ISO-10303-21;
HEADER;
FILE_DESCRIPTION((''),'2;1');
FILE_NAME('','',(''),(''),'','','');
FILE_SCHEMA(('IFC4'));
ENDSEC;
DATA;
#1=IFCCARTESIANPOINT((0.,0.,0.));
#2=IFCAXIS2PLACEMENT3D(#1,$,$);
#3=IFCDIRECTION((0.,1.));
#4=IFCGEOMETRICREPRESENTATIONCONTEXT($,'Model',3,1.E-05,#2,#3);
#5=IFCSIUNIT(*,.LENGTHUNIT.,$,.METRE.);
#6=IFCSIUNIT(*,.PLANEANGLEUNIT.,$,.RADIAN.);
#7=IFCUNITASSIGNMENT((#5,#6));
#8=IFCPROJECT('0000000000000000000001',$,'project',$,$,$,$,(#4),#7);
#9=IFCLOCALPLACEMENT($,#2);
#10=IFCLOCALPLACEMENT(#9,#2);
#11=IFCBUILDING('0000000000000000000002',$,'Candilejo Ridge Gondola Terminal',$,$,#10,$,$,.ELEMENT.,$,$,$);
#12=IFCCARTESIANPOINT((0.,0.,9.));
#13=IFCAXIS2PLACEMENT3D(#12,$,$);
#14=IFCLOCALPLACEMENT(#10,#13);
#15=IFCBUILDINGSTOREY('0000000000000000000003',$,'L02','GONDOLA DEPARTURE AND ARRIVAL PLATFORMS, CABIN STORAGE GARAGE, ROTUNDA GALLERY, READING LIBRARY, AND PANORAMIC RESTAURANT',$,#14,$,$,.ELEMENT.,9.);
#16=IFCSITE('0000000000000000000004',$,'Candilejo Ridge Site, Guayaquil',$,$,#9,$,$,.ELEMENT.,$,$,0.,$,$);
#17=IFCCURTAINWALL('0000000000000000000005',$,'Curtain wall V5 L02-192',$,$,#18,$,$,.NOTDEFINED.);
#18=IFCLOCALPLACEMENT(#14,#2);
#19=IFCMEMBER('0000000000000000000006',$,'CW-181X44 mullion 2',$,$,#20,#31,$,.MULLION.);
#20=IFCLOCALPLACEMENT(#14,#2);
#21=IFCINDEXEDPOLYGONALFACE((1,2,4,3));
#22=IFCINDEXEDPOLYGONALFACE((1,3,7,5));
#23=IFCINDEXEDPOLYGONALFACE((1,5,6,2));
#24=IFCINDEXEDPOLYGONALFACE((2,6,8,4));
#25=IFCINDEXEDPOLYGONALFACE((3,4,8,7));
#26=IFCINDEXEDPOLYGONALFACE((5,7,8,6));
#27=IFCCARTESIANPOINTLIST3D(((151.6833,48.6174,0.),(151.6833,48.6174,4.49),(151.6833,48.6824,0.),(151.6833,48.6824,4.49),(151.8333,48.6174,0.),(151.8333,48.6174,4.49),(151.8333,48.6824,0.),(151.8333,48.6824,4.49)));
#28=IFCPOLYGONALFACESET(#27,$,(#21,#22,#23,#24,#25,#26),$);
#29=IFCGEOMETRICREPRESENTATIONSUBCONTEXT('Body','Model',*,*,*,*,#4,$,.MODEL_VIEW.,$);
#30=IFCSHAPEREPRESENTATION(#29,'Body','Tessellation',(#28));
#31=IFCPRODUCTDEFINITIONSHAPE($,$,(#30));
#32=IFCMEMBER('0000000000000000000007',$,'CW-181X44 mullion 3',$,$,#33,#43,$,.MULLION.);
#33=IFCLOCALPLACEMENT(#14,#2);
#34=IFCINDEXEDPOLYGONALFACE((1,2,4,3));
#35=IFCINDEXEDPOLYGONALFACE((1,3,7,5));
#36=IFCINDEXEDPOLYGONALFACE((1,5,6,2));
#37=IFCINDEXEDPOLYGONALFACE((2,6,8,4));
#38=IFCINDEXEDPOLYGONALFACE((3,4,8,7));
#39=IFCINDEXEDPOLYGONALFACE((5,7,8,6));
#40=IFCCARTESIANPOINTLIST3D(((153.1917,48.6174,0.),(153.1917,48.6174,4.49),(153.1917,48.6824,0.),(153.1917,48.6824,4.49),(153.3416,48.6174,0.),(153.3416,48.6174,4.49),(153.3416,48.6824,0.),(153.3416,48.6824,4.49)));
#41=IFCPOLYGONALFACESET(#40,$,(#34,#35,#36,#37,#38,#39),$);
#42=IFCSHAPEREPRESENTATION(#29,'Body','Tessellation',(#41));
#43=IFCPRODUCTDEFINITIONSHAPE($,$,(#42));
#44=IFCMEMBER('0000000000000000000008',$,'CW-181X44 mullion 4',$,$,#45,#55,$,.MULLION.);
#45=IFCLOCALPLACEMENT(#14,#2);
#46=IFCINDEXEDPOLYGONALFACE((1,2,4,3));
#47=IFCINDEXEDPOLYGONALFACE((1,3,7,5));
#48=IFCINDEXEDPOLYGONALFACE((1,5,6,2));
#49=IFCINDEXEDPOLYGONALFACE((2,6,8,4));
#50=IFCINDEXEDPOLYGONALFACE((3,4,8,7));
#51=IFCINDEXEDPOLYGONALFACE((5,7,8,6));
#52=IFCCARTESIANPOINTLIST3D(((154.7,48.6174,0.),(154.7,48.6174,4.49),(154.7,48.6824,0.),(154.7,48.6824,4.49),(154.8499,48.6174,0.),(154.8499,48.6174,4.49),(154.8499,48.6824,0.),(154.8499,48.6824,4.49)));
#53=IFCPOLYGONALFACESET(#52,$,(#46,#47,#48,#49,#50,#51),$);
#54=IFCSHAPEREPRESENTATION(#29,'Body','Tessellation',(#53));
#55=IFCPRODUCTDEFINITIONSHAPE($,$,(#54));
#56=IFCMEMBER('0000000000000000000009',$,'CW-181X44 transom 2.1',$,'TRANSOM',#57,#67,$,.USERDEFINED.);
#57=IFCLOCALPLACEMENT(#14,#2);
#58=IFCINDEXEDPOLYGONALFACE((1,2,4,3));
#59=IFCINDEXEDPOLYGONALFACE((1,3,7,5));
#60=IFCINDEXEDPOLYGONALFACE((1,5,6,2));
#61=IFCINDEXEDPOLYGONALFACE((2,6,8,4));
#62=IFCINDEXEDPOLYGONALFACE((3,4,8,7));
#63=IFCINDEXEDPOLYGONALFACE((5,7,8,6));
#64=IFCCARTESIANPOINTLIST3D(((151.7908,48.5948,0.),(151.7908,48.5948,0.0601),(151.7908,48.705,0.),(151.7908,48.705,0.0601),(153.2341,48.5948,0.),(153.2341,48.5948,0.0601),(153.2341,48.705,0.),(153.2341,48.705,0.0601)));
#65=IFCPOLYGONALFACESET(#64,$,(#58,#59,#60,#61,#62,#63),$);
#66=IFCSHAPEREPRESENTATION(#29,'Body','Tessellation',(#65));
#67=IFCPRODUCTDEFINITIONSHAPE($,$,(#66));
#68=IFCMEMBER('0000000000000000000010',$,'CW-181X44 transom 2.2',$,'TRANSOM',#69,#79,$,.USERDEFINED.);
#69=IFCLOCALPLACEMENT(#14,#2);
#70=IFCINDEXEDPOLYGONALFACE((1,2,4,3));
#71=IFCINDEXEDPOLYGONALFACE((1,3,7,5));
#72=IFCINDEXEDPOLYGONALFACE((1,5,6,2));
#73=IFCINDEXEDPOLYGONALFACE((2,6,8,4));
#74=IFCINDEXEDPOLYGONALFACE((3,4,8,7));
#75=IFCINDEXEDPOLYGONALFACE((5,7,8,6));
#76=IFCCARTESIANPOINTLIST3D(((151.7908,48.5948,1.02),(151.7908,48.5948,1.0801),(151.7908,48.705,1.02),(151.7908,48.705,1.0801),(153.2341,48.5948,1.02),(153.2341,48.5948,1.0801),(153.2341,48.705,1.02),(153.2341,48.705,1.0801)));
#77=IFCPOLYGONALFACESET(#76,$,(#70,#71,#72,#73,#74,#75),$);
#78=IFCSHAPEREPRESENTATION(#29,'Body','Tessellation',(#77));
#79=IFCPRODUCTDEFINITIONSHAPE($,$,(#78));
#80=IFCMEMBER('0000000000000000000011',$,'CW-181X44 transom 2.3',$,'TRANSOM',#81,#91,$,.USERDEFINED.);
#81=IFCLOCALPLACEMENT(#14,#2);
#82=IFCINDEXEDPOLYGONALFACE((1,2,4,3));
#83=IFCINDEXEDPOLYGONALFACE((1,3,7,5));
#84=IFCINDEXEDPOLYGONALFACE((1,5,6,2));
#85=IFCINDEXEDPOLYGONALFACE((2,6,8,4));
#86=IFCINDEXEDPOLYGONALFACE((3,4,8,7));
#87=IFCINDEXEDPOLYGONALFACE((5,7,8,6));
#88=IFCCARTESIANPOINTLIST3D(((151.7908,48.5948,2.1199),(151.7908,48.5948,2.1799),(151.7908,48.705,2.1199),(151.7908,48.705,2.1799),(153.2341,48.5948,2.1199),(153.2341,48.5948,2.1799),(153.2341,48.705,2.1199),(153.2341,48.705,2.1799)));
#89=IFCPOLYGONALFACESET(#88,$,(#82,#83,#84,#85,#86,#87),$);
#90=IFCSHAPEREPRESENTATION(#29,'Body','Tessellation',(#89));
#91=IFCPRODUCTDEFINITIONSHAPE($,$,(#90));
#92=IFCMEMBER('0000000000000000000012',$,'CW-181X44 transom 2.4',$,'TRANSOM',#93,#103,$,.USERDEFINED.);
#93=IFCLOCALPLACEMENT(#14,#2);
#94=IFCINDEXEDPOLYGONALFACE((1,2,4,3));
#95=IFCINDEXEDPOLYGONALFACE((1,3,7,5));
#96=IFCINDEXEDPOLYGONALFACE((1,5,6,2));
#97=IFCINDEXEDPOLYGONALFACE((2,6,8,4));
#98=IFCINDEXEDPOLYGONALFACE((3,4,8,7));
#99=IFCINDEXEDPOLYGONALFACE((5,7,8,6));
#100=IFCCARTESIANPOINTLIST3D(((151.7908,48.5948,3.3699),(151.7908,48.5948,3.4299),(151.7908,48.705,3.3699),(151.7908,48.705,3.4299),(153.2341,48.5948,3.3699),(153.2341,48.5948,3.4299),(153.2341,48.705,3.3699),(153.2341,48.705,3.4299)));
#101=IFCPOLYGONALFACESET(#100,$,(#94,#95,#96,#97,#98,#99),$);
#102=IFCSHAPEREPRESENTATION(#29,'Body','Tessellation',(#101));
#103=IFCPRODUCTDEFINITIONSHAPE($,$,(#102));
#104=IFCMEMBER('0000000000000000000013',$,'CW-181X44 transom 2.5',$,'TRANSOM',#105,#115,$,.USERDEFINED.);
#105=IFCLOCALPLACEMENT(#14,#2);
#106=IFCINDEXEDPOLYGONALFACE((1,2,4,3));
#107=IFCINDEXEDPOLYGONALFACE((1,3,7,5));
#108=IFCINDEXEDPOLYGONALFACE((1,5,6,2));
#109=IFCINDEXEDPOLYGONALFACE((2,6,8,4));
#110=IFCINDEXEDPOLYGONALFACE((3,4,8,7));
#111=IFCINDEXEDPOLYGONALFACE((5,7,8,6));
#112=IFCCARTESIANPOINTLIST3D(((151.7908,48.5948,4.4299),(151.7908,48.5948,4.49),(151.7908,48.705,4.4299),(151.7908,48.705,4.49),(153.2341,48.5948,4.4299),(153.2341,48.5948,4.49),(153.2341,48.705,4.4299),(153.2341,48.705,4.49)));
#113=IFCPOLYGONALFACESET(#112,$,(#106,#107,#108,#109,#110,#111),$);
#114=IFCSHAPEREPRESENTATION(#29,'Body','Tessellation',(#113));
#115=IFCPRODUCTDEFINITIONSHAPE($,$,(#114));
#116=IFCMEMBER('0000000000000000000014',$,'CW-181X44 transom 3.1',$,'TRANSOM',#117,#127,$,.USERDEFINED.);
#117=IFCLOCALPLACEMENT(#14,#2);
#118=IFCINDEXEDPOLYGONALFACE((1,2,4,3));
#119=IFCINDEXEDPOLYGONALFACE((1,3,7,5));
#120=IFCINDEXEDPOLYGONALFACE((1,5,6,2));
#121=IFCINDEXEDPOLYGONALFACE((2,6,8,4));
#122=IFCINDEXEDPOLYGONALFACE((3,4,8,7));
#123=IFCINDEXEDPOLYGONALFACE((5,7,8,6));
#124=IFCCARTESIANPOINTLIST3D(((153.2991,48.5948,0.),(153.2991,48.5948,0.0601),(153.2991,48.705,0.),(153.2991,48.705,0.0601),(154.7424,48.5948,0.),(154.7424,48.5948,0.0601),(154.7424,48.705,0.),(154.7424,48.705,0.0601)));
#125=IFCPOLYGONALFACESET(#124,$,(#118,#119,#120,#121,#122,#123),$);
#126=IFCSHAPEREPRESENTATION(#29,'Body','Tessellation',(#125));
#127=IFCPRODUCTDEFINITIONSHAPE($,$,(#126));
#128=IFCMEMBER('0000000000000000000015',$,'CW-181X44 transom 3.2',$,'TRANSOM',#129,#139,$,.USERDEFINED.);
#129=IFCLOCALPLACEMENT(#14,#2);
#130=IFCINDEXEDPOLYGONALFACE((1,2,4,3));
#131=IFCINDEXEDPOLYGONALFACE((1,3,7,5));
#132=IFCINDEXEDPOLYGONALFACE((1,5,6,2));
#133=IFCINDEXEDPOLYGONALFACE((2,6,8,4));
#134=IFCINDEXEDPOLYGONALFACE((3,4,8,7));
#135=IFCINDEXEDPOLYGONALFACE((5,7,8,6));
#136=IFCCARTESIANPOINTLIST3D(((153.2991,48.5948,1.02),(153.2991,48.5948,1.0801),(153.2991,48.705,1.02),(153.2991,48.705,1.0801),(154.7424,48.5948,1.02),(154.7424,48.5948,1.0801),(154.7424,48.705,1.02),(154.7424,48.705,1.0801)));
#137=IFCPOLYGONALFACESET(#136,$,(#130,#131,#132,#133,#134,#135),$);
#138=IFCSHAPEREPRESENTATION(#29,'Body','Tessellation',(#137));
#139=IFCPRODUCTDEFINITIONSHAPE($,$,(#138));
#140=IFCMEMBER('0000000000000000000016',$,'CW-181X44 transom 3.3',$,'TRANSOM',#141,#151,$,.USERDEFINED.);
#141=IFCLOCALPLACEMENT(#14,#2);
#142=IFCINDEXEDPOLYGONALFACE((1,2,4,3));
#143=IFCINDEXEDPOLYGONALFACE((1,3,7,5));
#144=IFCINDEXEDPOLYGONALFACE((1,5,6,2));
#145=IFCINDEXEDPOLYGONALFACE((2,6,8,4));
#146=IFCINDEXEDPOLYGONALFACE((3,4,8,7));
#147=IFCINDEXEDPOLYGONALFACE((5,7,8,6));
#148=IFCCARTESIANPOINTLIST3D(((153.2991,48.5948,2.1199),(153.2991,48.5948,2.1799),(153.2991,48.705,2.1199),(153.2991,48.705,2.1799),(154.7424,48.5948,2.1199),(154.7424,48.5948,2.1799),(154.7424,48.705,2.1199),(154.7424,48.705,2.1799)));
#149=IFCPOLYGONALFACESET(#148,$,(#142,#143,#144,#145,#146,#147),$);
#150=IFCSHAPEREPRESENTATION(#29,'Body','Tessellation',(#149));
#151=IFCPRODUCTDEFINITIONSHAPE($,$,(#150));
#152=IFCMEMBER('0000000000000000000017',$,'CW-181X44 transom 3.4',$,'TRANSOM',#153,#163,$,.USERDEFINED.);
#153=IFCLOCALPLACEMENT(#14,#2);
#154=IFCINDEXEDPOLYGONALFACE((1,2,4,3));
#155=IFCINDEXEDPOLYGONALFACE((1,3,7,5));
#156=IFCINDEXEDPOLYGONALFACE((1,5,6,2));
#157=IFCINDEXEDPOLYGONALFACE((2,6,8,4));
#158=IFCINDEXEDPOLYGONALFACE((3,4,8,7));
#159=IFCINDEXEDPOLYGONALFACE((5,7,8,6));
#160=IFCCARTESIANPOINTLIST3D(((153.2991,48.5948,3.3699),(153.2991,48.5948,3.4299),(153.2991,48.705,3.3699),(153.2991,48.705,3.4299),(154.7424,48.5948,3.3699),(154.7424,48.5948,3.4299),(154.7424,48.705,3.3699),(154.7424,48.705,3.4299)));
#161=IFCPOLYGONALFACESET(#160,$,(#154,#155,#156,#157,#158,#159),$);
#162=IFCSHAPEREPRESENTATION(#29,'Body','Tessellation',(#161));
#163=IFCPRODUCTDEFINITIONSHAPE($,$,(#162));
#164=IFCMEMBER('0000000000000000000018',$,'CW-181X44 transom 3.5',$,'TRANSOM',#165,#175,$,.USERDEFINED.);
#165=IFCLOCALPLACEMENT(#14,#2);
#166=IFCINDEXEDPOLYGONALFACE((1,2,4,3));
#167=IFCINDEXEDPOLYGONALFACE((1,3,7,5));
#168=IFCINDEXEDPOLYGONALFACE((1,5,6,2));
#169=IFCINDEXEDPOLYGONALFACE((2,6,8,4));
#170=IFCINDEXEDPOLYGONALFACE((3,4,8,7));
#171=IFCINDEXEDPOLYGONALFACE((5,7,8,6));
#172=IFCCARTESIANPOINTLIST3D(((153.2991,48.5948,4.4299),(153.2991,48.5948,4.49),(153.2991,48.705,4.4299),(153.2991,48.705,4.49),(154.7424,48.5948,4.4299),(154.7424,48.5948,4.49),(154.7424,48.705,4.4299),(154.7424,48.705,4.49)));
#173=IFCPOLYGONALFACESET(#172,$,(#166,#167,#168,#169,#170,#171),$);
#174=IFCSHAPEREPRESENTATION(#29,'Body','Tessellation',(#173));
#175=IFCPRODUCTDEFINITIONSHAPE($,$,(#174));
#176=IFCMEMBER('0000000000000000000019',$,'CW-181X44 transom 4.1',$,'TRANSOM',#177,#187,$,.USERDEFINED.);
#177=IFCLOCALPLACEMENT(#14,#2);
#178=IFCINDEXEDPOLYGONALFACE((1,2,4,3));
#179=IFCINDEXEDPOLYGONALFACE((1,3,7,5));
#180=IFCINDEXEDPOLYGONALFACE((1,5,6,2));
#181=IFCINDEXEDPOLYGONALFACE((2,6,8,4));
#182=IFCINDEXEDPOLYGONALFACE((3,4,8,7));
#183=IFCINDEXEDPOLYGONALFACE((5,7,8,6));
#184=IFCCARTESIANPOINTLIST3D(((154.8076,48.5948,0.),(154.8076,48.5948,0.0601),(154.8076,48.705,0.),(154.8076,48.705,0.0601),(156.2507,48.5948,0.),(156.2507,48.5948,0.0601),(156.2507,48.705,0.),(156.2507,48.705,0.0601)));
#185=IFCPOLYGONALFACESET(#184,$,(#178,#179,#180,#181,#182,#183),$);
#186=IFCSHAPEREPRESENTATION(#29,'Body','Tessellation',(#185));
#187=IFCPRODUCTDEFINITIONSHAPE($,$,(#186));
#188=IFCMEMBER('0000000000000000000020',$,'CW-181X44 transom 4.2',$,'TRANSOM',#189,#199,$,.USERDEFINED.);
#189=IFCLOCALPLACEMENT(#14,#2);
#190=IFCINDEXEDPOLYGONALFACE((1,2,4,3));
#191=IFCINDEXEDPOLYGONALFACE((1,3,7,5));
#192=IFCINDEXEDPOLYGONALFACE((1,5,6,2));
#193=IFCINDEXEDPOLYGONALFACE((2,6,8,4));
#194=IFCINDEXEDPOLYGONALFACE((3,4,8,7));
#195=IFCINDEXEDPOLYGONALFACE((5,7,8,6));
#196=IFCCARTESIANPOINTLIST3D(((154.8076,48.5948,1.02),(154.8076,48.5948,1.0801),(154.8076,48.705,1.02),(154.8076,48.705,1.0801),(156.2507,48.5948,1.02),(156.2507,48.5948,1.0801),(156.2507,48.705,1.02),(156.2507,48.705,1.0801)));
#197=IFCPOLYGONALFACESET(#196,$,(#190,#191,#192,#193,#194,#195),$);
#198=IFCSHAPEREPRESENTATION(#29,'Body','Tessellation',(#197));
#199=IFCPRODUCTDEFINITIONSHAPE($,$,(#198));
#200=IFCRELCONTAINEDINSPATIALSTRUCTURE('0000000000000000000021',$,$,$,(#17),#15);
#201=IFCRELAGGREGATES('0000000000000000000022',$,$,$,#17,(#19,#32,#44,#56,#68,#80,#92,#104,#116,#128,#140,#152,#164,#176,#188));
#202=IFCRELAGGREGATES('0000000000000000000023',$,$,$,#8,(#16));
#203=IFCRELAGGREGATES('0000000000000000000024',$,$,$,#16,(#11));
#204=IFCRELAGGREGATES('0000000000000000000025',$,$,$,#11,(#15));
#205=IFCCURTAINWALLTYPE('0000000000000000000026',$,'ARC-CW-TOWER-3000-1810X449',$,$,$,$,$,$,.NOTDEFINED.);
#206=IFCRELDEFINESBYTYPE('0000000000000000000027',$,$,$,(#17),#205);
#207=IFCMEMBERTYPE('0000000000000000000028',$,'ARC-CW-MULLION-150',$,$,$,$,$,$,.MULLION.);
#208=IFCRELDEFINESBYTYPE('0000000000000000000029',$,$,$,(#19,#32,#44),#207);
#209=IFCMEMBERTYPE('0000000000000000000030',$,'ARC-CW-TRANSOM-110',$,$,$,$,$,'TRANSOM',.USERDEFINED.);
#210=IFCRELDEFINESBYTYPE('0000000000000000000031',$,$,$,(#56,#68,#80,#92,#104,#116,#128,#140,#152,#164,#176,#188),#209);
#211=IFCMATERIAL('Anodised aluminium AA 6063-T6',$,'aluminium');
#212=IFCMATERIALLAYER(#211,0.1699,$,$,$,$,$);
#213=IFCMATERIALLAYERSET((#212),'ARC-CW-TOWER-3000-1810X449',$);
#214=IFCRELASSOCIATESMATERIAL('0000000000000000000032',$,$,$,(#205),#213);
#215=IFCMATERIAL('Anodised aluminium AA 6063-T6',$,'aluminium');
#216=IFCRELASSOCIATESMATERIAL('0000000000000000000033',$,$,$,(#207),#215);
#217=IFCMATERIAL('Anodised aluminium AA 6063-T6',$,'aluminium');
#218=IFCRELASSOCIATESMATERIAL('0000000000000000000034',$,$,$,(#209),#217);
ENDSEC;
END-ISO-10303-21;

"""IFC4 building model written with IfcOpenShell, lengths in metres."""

from ifc_helpers import new_model, si_unit, direction, frame, origin, origin_2d, place, context, subcontext, project, spatial, rectangle, extrude, material, layer, layer_set, material_profile, profile_set, type_object, element, aggregate, save


model = new_model("IFC4")

# Units and contexts
model_context = context("Model", 3, precision=1e-05, world=origin(), true_north=direction((0.0, 1.0)))
body_context = subcontext(model_context, "Body", "Model", "MODEL_VIEW")
ifc_project = project(units=[si_unit("LENGTHUNIT", "METRE"), si_unit("PLANEANGLEUNIT", "RADIAN")], contexts=[model_context])

# Site, building, storey
site_placement = place(None, origin())
site = spatial("IfcSite", under=ifc_project, at=site_placement, Name="Candilejo Ridge Site, Guayaquil", CompositionType="ELEMENT", RefElevation=0.0)
building_placement = place(site_placement, origin())
building = spatial("IfcBuilding", under=site, at=building_placement, Name="Candilejo Ridge Gondola Terminal", CompositionType="ELEMENT")
storey_placement = place(building_placement, frame((0.0, 0.0, 9.0)))
storey = spatial("IfcBuildingStorey", under=building, at=storey_placement, Name="L02", Description="GONDOLA DEPARTURE AND ARRIVAL PLATFORMS, CABIN STORAGE GARAGE, ROTUNDA GALLERY, READING LIBRARY, AND PANORAMIC RESTAURANT", CompositionType="ELEMENT", Elevation=9.0)

# Curtain wall, members
ifc_material_1 = material(Name="Anodised aluminium AA 6063-T6", Category="aluminium")
ifc_layer_1 = layer(ifc_material_1, 0.1699)
ifc_layer_set_1 = layer_set([ifc_layer_1], Name="ARC-CW-TOWER-3000-1810X449")
curtain_wall_type = type_object("IfcCurtainWallType", Name="ARC-CW-TOWER-3000-1810X449", PredefinedType="NOTDEFINED", material=ifc_layer_set_1)
curtain_wall_placement = place(storey_placement, origin())
curtain_wall = element("IfcCurtainWall", 1, at=curtain_wall_placement, inside=storey, type_object=curtain_wall_type, Name="Curtain wall V5 L02-192", PredefinedType="NOTDEFINED")
ifc_material_2 = material(Name="Anodised aluminium AA 6063-T6", Category="aluminium")
ifc_material_profile_1 = material_profile(ifc_material_2, rectangle(XDim=0.0649, YDim=0.1499, at=origin_2d()))
ifc_profile_set_1 = profile_set([ifc_material_profile_1], Name="Anodised aluminium AA 6063-T6")
member_type_1 = type_object("IfcMemberType", Name="ARC-CW-MULLION-150", PredefinedType="MULLION", material=ifc_profile_set_1)
member_1_placement = place(storey_placement, frame((151.7583, 48.6499, 0.0), z_axis=(0.0, 0.0, 1.0), x_axis=(0.0, 1.0, 0.0)))
member_1 = element("IfcMember", 2, at=member_1_placement, type_object=member_type_1, Name="CW-181X44 mullion 2", PredefinedType="MULLION", context=body_context, shape_type="SweptSolid", body=[
    extrude(rectangle(XDim=0.0649, YDim=0.1499, at=origin_2d()), origin(), (0.0, 0.0, 1.0), 4.49),
])
member_2_placement = place(storey_placement, frame((153.2666, 48.6499, 0.0), z_axis=(0.0, 0.0, 1.0), x_axis=(0.0, 1.0, 0.0)))
member_2 = element("IfcMember", 3, at=member_2_placement, type_object=member_type_1, Name="CW-181X44 mullion 3", PredefinedType="MULLION", context=body_context, shape_type="SweptSolid", body=[
    extrude(rectangle(XDim=0.0649, YDim=0.1499, at=origin_2d()), origin(), (0.0, 0.0, 1.0), 4.49),
])
member_3_placement = place(storey_placement, frame((154.7749, 48.6499, 0.0), z_axis=(0.0, 0.0, 1.0), x_axis=(0.0, 1.0, 0.0)))
member_3 = element("IfcMember", 4, at=member_3_placement, type_object=member_type_1, Name="CW-181X44 mullion 4", PredefinedType="MULLION", context=body_context, shape_type="SweptSolid", body=[
    extrude(rectangle(XDim=0.0649, YDim=0.1499, at=origin_2d()), origin(), (0.0, 0.0, 1.0), 4.49),
])
ifc_material_3 = material(Name="Anodised aluminium AA 6063-T6", Category="aluminium")
ifc_material_profile_2 = material_profile(ifc_material_3, rectangle(XDim=0.1101, YDim=0.0601, at=origin_2d()))
ifc_profile_set_2 = profile_set([ifc_material_profile_2], Name="Anodised aluminium AA 6063-T6")
member_type_2 = type_object("IfcMemberType", Name="ARC-CW-TRANSOM-110", ElementType="TRANSOM", PredefinedType="USERDEFINED", material=ifc_profile_set_2)
member_4_placement = place(storey_placement, frame((151.7908, 48.6499, 0.03), z_axis=(1.0, 0.0, 0.0), x_axis=(0.0, 1.0, 0.0)))
member_4 = element("IfcMember", 5, at=member_4_placement, type_object=member_type_2, Name="CW-181X44 transom 2.1", ObjectType="TRANSOM", PredefinedType="USERDEFINED", context=body_context, shape_type="SweptSolid", body=[
    extrude(rectangle(XDim=0.1101, YDim=0.0601, at=origin_2d()), origin(), (0.0, 0.0, 1.0), 1.4434),
])
member_5_placement = place(storey_placement, frame((151.7908, 48.6499, 1.05), z_axis=(1.0, 0.0, 0.0), x_axis=(0.0, 1.0, 0.0)))
member_5 = element("IfcMember", 6, at=member_5_placement, type_object=member_type_2, Name="CW-181X44 transom 2.2", ObjectType="TRANSOM", PredefinedType="USERDEFINED", context=body_context, shape_type="SweptSolid", body=[
    extrude(rectangle(XDim=0.1101, YDim=0.0601, at=origin_2d()), origin(), (0.0, 0.0, 1.0), 1.4434),
])
member_6_placement = place(storey_placement, frame((151.7908, 48.6499, 2.1499), z_axis=(1.0, 0.0, 0.0), x_axis=(0.0, 1.0, 0.0)))
member_6 = element("IfcMember", 7, at=member_6_placement, type_object=member_type_2, Name="CW-181X44 transom 2.3", ObjectType="TRANSOM", PredefinedType="USERDEFINED", context=body_context, shape_type="SweptSolid", body=[
    extrude(rectangle(XDim=0.1101, YDim=0.0601, at=origin_2d()), origin(), (0.0, 0.0, 1.0), 1.4434),
])
member_7_placement = place(storey_placement, frame((151.7908, 48.6499, 3.3999), z_axis=(1.0, 0.0, 0.0), x_axis=(0.0, 1.0, 0.0)))
member_7 = element("IfcMember", 8, at=member_7_placement, type_object=member_type_2, Name="CW-181X44 transom 2.4", ObjectType="TRANSOM", PredefinedType="USERDEFINED", context=body_context, shape_type="SweptSolid", body=[
    extrude(rectangle(XDim=0.1101, YDim=0.0601, at=origin_2d()), origin(), (0.0, 0.0, 1.0), 1.4434),
])
member_8_placement = place(storey_placement, frame((151.7908, 48.6499, 4.46), z_axis=(1.0, 0.0, 0.0), x_axis=(0.0, 1.0, 0.0)))
member_8 = element("IfcMember", 9, at=member_8_placement, type_object=member_type_2, Name="CW-181X44 transom 2.5", ObjectType="TRANSOM", PredefinedType="USERDEFINED", context=body_context, shape_type="SweptSolid", body=[
    extrude(rectangle(XDim=0.1101, YDim=0.0601, at=origin_2d()), origin(), (0.0, 0.0, 1.0), 1.4434),
])
member_9_placement = place(storey_placement, frame((153.2991, 48.6499, 0.03), z_axis=(1.0, 0.0, 0.0), x_axis=(0.0, 1.0, 0.0)))
member_9 = element("IfcMember", 10, at=member_9_placement, type_object=member_type_2, Name="CW-181X44 transom 3.1", ObjectType="TRANSOM", PredefinedType="USERDEFINED", context=body_context, shape_type="SweptSolid", body=[
    extrude(rectangle(XDim=0.1101, YDim=0.0601, at=origin_2d()), origin(), (0.0, 0.0, 1.0), 1.4434),
])
member_10_placement = place(storey_placement, frame((153.2991, 48.6499, 1.05), z_axis=(1.0, 0.0, 0.0), x_axis=(0.0, 1.0, 0.0)))
member_10 = element("IfcMember", 11, at=member_10_placement, type_object=member_type_2, Name="CW-181X44 transom 3.2", ObjectType="TRANSOM", PredefinedType="USERDEFINED", context=body_context, shape_type="SweptSolid", body=[
    extrude(rectangle(XDim=0.1101, YDim=0.0601, at=origin_2d()), origin(), (0.0, 0.0, 1.0), 1.4434),
])
member_11_placement = place(storey_placement, frame((153.2991, 48.6499, 2.1499), z_axis=(1.0, 0.0, 0.0), x_axis=(0.0, 1.0, 0.0)))
member_11 = element("IfcMember", 12, at=member_11_placement, type_object=member_type_2, Name="CW-181X44 transom 3.3", ObjectType="TRANSOM", PredefinedType="USERDEFINED", context=body_context, shape_type="SweptSolid", body=[
    extrude(rectangle(XDim=0.1101, YDim=0.0601, at=origin_2d()), origin(), (0.0, 0.0, 1.0), 1.4434),
])
member_12_placement = place(storey_placement, frame((153.2991, 48.6499, 3.3999), z_axis=(1.0, 0.0, 0.0), x_axis=(0.0, 1.0, 0.0)))
member_12 = element("IfcMember", 13, at=member_12_placement, type_object=member_type_2, Name="CW-181X44 transom 3.4", ObjectType="TRANSOM", PredefinedType="USERDEFINED", context=body_context, shape_type="SweptSolid", body=[
    extrude(rectangle(XDim=0.1101, YDim=0.0601, at=origin_2d()), origin(), (0.0, 0.0, 1.0), 1.4434),
])
member_13_placement = place(storey_placement, frame((153.2991, 48.6499, 4.46), z_axis=(1.0, 0.0, 0.0), x_axis=(0.0, 1.0, 0.0)))
member_13 = element("IfcMember", 14, at=member_13_placement, type_object=member_type_2, Name="CW-181X44 transom 3.5", ObjectType="TRANSOM", PredefinedType="USERDEFINED", context=body_context, shape_type="SweptSolid", body=[
    extrude(rectangle(XDim=0.1101, YDim=0.0601, at=origin_2d()), origin(), (0.0, 0.0, 1.0), 1.4434),
])
member_14_placement = place(storey_placement, frame((154.8076, 48.6499, 0.03), z_axis=(1.0, 0.0, 0.0), x_axis=(0.0, 1.0, 0.0)))
member_14 = element("IfcMember", 15, at=member_14_placement, type_object=member_type_2, Name="CW-181X44 transom 4.1", ObjectType="TRANSOM", PredefinedType="USERDEFINED", context=body_context, shape_type="SweptSolid", body=[
    extrude(rectangle(XDim=0.1101, YDim=0.0601, at=origin_2d()), origin(), (0.0, 0.0, 1.0), 1.4431),
])
member_15_placement = place(storey_placement, frame((154.8076, 48.6499, 1.05), z_axis=(1.0, 0.0, 0.0), x_axis=(0.0, 1.0, 0.0)))
member_15 = element("IfcMember", 16, at=member_15_placement, type_object=member_type_2, Name="CW-181X44 transom 4.2", ObjectType="TRANSOM", PredefinedType="USERDEFINED", context=body_context, shape_type="SweptSolid", body=[
    extrude(rectangle(XDim=0.1101, YDim=0.0601, at=origin_2d()), origin(), (0.0, 0.0, 1.0), 1.4431),
])

aggregate(curtain_wall, [member_1, member_2, member_3, member_4, member_5, member_6, member_7, member_8, member_9, member_10, member_11, member_12, member_13, member_14, member_15])

save(model, "model.ifc")
